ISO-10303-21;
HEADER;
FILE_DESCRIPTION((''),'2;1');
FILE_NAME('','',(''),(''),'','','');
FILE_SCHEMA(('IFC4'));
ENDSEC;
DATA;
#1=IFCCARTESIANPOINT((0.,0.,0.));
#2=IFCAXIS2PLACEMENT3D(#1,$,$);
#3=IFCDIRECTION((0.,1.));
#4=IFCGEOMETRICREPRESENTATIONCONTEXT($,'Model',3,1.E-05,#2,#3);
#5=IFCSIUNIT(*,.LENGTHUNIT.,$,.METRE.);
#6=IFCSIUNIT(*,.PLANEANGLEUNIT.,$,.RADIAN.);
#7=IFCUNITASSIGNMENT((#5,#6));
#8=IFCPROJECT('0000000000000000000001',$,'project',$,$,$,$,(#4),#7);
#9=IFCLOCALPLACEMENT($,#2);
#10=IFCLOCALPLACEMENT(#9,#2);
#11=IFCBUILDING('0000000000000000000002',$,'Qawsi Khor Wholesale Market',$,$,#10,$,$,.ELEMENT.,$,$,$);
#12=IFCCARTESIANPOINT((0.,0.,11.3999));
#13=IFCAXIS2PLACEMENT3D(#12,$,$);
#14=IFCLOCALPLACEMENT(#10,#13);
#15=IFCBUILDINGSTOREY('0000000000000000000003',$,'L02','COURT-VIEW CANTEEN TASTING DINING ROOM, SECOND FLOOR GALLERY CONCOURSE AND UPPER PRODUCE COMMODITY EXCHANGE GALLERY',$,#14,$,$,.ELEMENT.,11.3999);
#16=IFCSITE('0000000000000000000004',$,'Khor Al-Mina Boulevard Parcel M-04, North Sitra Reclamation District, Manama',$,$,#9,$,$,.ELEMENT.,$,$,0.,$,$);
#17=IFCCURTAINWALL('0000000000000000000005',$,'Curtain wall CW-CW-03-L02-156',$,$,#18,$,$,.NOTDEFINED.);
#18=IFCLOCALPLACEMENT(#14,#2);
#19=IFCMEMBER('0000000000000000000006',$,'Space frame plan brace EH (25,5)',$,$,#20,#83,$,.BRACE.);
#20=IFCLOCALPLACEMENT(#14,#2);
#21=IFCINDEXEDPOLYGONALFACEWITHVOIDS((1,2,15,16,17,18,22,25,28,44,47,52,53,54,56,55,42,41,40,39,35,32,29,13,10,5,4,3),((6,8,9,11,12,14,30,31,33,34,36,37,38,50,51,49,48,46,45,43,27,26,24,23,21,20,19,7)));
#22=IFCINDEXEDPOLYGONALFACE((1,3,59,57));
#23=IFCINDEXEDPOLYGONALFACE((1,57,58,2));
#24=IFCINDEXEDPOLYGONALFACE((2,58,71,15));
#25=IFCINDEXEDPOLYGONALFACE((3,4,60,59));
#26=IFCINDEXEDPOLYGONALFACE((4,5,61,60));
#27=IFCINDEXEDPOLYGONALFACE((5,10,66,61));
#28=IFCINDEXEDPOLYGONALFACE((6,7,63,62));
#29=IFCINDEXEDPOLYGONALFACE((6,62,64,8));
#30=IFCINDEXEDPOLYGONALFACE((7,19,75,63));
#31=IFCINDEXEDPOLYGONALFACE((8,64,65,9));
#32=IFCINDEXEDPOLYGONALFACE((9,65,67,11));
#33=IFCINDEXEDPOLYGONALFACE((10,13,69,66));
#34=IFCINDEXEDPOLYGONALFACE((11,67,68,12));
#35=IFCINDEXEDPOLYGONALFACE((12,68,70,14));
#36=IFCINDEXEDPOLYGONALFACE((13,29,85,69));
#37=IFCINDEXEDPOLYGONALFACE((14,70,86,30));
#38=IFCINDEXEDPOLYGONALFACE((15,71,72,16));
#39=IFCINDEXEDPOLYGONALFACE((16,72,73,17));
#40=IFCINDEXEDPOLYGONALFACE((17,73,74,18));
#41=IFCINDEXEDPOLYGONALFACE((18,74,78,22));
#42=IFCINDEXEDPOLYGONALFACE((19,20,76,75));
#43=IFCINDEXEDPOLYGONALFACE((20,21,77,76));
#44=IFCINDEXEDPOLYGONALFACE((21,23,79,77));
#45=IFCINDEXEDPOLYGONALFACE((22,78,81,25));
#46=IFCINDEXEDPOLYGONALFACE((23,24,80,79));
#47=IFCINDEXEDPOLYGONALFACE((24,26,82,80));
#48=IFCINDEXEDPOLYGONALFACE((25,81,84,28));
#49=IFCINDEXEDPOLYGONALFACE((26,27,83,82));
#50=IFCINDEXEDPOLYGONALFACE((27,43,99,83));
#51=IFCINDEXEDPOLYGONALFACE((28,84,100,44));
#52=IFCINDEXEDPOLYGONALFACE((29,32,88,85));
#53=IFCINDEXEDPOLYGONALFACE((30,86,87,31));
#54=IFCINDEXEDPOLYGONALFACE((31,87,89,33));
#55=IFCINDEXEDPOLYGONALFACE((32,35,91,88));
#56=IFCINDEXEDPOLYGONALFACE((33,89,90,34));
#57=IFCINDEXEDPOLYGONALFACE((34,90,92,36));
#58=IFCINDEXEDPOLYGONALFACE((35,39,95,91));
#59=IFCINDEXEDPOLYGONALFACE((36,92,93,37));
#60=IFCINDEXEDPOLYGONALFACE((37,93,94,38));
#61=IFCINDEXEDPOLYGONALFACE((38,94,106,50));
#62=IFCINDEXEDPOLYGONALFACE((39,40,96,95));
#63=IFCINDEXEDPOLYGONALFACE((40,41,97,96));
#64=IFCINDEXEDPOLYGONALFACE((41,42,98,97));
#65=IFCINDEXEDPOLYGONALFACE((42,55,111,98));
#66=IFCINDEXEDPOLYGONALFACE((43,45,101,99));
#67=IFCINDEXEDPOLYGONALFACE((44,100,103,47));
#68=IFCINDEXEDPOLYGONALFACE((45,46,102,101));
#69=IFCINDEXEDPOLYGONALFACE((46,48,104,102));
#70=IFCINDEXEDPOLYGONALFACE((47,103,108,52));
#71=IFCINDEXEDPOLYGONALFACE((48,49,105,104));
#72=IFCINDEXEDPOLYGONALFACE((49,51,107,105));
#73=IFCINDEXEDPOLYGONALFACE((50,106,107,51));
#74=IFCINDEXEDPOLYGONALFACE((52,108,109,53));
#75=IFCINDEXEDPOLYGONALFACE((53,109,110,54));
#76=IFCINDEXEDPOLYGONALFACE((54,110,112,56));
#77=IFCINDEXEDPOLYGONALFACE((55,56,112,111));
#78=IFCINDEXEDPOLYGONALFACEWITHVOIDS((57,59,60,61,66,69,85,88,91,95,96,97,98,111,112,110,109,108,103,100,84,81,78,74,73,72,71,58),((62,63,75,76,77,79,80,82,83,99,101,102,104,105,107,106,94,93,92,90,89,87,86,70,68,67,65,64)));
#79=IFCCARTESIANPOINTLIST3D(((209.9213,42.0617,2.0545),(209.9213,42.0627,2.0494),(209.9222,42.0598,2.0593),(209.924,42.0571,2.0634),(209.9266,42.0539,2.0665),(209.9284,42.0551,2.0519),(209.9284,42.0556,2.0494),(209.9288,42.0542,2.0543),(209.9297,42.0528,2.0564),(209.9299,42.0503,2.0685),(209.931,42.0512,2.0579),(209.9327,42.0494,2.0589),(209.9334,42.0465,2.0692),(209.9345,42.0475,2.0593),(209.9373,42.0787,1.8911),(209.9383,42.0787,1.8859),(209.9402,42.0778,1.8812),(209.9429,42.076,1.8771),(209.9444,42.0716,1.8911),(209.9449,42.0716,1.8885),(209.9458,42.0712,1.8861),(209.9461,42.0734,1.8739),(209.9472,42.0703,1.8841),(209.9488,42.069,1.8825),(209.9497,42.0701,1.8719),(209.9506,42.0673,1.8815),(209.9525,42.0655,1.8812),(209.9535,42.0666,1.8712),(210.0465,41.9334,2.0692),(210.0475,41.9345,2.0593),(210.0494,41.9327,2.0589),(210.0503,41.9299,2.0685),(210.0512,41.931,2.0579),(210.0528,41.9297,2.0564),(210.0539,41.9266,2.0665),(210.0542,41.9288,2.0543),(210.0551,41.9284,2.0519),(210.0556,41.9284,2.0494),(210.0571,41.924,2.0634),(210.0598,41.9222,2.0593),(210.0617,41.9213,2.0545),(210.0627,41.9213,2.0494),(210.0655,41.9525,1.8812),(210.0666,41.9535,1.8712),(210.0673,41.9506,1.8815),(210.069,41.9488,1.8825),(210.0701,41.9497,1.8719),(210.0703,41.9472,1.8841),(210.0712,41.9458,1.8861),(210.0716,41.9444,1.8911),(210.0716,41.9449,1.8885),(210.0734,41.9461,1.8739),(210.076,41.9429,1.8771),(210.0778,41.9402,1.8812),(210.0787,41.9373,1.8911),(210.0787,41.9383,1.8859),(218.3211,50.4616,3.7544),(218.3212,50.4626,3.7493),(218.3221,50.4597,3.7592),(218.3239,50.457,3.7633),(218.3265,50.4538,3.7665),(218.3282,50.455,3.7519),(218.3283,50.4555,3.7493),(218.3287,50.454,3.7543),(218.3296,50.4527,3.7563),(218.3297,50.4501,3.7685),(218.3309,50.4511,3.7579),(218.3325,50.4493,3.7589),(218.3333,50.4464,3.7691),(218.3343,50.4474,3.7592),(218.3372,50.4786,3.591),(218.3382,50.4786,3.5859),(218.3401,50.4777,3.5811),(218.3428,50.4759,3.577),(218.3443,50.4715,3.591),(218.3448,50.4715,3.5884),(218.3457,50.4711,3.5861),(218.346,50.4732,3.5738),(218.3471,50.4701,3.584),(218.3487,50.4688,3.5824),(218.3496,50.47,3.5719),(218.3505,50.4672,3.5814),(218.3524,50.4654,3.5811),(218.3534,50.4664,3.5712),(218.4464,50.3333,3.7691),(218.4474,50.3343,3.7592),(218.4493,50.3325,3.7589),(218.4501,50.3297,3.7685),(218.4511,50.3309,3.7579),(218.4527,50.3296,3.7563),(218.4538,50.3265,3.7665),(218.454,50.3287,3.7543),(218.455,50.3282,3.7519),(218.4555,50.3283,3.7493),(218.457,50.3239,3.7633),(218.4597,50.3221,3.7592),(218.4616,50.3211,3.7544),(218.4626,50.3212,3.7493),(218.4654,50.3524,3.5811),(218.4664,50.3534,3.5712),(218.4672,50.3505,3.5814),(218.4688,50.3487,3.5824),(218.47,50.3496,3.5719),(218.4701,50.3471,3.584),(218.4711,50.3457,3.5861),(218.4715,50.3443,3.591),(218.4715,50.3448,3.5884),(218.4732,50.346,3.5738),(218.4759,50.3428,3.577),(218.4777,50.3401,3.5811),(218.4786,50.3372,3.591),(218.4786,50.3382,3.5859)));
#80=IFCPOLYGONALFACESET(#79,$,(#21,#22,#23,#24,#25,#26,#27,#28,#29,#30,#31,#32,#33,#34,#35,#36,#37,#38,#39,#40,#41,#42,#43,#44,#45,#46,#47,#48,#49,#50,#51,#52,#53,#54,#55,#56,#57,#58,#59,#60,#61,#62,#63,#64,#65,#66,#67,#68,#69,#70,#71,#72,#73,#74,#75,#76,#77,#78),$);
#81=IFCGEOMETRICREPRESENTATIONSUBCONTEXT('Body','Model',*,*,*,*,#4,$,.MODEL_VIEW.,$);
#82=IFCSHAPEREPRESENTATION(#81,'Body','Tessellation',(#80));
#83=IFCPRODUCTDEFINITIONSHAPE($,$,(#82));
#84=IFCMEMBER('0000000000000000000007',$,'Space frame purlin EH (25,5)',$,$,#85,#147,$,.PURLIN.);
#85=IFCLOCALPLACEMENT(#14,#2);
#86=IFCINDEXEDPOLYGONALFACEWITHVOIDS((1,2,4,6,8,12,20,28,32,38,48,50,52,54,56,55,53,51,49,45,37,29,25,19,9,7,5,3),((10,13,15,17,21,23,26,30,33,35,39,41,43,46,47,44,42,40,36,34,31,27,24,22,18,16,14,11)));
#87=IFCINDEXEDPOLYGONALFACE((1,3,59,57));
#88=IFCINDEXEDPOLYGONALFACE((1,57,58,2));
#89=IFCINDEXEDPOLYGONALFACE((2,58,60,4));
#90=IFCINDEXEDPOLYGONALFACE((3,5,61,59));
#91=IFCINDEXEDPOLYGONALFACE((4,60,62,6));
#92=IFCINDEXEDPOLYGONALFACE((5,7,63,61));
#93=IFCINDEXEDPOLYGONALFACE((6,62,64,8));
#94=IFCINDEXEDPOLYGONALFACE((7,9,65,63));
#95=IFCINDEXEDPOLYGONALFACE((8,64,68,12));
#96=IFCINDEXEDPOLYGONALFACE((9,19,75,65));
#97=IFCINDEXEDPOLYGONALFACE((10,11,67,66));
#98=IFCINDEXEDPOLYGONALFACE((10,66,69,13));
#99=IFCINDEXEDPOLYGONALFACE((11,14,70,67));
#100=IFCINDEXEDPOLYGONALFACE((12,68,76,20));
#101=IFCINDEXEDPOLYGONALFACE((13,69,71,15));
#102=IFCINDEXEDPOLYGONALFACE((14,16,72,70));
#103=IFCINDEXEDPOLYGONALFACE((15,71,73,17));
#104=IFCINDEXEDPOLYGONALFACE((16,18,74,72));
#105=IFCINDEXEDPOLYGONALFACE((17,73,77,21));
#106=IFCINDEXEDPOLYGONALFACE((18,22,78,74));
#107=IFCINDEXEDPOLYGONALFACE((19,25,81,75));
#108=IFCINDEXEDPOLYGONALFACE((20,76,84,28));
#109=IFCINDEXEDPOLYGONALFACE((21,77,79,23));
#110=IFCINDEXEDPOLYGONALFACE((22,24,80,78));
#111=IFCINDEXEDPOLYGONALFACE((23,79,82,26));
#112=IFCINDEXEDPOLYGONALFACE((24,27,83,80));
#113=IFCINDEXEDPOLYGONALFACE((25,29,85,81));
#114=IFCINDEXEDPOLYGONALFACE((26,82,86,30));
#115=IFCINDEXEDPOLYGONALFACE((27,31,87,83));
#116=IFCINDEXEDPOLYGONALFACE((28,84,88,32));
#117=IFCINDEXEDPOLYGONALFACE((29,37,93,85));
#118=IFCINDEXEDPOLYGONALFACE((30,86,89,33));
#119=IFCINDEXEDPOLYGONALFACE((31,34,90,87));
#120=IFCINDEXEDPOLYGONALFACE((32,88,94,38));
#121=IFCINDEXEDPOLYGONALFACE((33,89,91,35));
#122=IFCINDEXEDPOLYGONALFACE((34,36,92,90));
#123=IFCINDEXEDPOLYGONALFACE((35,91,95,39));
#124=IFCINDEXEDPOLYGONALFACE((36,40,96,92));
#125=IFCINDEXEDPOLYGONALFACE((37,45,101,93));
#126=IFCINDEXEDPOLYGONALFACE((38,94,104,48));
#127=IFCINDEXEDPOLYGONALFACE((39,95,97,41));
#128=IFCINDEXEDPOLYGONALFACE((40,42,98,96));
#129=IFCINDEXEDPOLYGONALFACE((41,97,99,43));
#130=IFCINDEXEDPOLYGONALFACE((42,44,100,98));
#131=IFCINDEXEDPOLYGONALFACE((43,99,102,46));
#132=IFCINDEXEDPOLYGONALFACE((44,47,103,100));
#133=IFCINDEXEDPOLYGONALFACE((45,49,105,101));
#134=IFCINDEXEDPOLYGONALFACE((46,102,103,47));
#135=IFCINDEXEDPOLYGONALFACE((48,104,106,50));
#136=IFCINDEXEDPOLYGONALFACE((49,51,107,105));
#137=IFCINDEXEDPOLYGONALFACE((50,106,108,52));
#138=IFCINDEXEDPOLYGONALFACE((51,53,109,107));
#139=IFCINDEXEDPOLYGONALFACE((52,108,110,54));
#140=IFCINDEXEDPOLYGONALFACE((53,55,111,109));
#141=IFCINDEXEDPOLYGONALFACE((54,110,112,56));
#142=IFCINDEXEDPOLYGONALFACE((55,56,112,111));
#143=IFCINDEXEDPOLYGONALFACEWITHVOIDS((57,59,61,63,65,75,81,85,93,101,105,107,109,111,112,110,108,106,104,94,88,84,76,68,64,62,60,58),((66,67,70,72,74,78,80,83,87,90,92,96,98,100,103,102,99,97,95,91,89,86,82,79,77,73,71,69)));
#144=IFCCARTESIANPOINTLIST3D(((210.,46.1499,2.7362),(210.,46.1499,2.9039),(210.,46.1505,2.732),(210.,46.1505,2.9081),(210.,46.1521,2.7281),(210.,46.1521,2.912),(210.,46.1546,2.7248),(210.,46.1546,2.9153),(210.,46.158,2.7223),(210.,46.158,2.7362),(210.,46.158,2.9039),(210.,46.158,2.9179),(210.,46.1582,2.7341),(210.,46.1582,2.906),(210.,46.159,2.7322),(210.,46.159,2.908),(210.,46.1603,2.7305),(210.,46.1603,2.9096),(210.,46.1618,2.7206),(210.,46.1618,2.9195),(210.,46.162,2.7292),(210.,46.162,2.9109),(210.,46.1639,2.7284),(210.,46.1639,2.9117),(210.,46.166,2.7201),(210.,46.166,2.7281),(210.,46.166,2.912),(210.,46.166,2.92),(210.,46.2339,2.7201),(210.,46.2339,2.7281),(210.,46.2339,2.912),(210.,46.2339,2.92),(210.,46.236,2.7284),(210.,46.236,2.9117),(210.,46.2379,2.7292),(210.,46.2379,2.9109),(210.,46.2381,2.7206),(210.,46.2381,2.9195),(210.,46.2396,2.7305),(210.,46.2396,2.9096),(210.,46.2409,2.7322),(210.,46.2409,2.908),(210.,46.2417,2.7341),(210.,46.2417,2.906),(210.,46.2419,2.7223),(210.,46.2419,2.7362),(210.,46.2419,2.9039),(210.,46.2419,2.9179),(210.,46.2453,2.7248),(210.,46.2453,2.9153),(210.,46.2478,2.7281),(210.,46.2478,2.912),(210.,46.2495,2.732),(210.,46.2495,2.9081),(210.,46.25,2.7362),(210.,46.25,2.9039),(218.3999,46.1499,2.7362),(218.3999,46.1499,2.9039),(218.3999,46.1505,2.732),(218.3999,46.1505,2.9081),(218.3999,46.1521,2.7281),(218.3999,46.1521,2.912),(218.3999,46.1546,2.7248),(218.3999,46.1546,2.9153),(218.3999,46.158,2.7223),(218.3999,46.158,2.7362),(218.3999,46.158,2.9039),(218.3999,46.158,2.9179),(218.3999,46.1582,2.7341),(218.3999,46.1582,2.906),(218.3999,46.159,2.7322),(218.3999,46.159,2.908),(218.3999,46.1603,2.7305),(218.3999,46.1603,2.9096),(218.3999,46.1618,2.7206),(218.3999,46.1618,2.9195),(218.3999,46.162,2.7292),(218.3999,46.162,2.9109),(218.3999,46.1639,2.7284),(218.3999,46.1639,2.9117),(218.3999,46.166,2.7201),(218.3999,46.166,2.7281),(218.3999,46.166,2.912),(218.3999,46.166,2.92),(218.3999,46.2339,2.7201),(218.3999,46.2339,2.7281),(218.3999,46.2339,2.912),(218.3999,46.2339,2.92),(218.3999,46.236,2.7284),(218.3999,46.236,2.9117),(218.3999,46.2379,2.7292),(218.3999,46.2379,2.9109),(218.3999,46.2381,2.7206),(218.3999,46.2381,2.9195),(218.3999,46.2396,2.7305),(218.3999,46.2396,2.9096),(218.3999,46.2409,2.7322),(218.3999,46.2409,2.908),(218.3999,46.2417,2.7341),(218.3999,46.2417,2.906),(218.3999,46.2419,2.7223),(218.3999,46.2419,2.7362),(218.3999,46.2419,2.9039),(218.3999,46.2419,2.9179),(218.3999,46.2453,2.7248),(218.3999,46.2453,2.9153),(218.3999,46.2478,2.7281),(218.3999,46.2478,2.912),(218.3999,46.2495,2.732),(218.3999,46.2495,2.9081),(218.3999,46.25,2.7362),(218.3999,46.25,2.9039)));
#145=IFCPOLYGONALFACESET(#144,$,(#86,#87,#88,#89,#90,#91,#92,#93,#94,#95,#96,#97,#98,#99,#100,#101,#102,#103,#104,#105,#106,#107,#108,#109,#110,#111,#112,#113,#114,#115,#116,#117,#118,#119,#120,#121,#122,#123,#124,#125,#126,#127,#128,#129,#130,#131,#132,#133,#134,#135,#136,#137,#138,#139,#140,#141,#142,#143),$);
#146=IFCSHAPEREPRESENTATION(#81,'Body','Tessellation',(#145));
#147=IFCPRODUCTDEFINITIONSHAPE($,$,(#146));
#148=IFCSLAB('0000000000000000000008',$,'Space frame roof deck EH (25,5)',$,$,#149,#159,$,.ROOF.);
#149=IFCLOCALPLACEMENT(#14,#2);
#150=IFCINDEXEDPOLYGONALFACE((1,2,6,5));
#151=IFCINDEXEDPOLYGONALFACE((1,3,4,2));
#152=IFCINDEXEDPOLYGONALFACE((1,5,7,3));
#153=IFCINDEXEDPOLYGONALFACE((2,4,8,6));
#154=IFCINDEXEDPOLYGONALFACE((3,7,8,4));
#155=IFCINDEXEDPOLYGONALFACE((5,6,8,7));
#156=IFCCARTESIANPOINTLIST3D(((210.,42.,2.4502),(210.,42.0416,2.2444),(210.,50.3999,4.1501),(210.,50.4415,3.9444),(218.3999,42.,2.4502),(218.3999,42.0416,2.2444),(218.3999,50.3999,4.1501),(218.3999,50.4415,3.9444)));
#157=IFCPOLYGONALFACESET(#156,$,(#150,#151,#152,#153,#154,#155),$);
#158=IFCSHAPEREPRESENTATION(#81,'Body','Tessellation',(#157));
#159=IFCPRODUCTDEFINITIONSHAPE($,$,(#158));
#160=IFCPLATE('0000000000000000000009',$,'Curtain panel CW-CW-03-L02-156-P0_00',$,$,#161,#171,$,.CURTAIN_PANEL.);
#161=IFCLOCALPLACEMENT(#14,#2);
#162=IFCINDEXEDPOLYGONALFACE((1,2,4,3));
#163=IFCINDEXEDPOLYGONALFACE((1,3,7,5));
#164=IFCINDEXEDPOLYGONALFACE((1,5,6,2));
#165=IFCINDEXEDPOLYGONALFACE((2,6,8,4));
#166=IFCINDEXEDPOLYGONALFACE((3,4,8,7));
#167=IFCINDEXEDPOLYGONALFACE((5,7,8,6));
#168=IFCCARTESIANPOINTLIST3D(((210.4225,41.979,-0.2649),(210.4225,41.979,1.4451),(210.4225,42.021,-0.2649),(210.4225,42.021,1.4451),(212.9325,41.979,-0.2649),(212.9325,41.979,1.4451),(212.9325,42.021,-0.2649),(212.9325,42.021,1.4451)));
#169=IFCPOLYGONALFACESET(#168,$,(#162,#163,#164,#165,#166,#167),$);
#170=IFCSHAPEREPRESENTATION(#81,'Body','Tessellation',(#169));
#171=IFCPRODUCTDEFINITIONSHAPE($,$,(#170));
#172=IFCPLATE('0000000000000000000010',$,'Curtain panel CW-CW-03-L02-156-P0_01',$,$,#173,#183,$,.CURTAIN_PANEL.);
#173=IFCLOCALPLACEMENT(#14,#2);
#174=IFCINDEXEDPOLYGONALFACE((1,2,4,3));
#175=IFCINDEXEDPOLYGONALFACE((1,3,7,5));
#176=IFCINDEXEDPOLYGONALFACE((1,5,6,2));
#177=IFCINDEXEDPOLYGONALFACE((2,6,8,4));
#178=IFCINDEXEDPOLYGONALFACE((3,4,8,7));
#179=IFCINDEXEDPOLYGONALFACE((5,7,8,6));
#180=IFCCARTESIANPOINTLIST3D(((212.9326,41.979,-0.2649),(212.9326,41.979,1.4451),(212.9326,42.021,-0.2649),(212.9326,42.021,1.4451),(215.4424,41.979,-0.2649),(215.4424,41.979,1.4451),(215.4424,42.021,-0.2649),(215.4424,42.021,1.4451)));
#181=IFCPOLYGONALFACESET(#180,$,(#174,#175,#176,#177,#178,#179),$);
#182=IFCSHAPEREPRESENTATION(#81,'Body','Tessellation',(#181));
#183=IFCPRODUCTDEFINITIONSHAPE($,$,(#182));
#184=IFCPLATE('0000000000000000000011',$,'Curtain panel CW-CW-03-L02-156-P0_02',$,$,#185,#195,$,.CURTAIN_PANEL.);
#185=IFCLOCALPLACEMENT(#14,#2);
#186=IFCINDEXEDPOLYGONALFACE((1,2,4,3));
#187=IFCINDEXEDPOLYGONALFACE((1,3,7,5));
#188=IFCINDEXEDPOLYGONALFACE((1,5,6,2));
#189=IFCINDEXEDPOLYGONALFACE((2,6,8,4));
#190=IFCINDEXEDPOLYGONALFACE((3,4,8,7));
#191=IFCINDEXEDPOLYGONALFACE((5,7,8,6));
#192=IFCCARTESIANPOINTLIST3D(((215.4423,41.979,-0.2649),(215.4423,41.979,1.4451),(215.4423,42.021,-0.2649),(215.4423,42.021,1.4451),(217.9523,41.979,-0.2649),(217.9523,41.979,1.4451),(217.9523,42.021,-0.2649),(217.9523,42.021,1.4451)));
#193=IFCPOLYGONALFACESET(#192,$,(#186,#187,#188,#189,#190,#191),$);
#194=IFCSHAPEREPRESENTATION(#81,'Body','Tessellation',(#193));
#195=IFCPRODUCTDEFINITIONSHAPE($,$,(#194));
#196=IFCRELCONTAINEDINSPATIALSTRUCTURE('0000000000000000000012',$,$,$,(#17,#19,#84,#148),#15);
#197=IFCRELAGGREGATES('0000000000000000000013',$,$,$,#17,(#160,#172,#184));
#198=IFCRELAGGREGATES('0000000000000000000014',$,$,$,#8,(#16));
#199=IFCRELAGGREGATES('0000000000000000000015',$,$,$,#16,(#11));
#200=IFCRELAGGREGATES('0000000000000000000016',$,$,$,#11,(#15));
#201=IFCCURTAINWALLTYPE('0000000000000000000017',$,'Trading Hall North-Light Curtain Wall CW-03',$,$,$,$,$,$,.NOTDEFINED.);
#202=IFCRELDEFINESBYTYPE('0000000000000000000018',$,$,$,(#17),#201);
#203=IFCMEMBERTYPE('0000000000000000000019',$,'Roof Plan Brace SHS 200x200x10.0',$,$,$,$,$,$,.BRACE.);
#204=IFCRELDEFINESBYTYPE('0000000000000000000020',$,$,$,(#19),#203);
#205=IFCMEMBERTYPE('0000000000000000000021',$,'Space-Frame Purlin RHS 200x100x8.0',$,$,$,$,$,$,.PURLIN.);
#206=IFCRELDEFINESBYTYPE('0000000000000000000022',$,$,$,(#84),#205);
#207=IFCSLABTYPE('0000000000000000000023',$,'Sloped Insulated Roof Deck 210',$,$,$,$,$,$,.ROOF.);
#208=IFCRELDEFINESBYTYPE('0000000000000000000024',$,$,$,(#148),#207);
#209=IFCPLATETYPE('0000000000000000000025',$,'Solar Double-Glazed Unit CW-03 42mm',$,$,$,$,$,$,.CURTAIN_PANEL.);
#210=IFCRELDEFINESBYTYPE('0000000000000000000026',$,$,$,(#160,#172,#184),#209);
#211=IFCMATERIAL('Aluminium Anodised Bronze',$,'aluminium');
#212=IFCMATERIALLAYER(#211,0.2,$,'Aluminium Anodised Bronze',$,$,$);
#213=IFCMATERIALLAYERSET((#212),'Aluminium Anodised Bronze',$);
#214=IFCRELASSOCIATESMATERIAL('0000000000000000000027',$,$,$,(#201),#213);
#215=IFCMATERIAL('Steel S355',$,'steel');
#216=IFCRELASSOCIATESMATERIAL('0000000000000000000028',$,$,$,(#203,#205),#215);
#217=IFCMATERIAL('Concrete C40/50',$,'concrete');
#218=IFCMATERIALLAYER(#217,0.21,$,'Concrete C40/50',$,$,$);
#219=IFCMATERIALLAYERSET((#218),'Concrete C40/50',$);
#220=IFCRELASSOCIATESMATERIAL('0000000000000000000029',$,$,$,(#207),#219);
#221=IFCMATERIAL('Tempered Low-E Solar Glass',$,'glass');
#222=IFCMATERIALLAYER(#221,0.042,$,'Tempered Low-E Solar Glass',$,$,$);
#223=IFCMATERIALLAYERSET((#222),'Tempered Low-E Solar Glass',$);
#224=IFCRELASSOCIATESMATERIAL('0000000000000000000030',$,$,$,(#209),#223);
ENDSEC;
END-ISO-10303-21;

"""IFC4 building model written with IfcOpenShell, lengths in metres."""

from ifc_helpers import new_model, si_unit, direction, frame, frame_2d, origin, origin_2d, place, context, subcontext, project, spatial, polyline, rectangle, hollow_rectangle, outline, extrude, material, layer, layer_set, material_profile, profile_set, type_object, element, aggregate, save


model = new_model("IFC4")

# Units and contexts
model_context = context("Model", 3, precision=1e-05, world=origin(), true_north=direction((0.0, 1.0)))
body_context = subcontext(model_context, "Body", "Model", "MODEL_VIEW")
ifc_project = project(units=[si_unit("LENGTHUNIT", "METRE"), si_unit("PLANEANGLEUNIT", "RADIAN")], contexts=[model_context])

# Site, building, storey
site_placement = place(None, origin())
site = spatial("IfcSite", under=ifc_project, at=site_placement, Name="Khor Al-Mina Boulevard Parcel M-04, North Sitra Reclamation District, Manama", CompositionType="ELEMENT", RefElevation=0.0)
building_placement = place(site_placement, origin())
building = spatial("IfcBuilding", under=site, at=building_placement, Name="Qawsi Khor Wholesale Market", CompositionType="ELEMENT")
storey_placement = place(building_placement, frame((0.0, 0.0, 11.3999)))
storey = spatial("IfcBuildingStorey", under=building, at=storey_placement, Name="L02", Description="COURT-VIEW CANTEEN TASTING DINING ROOM, SECOND FLOOR GALLERY CONCOURSE AND UPPER PRODUCE COMMODITY EXCHANGE GALLERY", CompositionType="ELEMENT", Elevation=11.3999)

# Curtain wall
ifc_material_1 = material(Name="Aluminium Anodised Bronze", Category="aluminium")
ifc_layer_1 = layer(ifc_material_1, 0.2, Name="Aluminium Anodised Bronze")
ifc_layer_set_1 = layer_set([ifc_layer_1], Name="Aluminium Anodised Bronze")
curtain_wall_type = type_object("IfcCurtainWallType", Name="Trading Hall North-Light Curtain Wall CW-03", PredefinedType="NOTDEFINED", material=ifc_layer_set_1)
curtain_wall_placement = place(storey_placement, origin())
curtain_wall = element("IfcCurtainWall", 1, at=curtain_wall_placement, inside=storey, type_object=curtain_wall_type, Name="Curtain wall CW-CW-03-L02-156", PredefinedType="NOTDEFINED")

# Members
ifc_material_2 = material(Name="Steel S355", Category="steel")
ifc_material_profile_1 = material_profile(ifc_material_2, hollow_rectangle(XDim=0.2, YDim=0.2, WallThickness=0.01, InnerFilletRadius=0.01, OuterFilletRadius=0.02, at=origin_2d()), Name="SHS 200x200x10.0")
ifc_profile_set_1 = profile_set([ifc_material_profile_1], Name="Steel S355")
member_type_1 = type_object("IfcMemberType", Name="Roof Plan Brace SHS 200x200x10.0", PredefinedType="BRACE", material=ifc_profile_set_1)
member_1_placement = place(storey_placement, frame((210.0, 42.0, 1.9702), z_axis=(0.699976, 0.699976, 0.141659), x_axis=(-0.707107, 0.707107, 0.0)))
element("IfcMember", 2, at=member_1_placement, inside=storey, type_object=member_type_1, Name="Space frame plan brace EH (25,5)", PredefinedType="BRACE", context=body_context, shape_type="SweptSolid", body=[
    extrude(hollow_rectangle(XDim=0.2, YDim=0.2, WallThickness=0.01, InnerFilletRadius=0.01, OuterFilletRadius=0.02, at=origin_2d()), origin(), (0.0, 0.0, 1.0), 12.0002),
])
ifc_material_profile_2 = material_profile(ifc_material_2, hollow_rectangle(XDim=0.1001, YDim=0.2, WallThickness=0.0081, InnerFilletRadius=0.0081, OuterFilletRadius=0.0161, at=origin_2d()), Name="RHS 200x100x8.0")
ifc_profile_set_2 = profile_set([ifc_material_profile_2], Name="Steel S355")
member_type_2 = type_object("IfcMemberType", Name="Space-Frame Purlin RHS 200x100x8.0", PredefinedType="PURLIN", material=ifc_profile_set_2)
member_2_placement = place(storey_placement, frame((210.0, 46.2, 2.8201), z_axis=(1.0, 0.0, 0.0), x_axis=(0.0, 1.0, 0.0)))
element("IfcMember", 3, at=member_2_placement, inside=storey, type_object=member_type_2, Name="Space frame purlin EH (25,5)", PredefinedType="PURLIN", context=body_context, shape_type="SweptSolid", body=[
    extrude(hollow_rectangle(XDim=0.1001, YDim=0.2, WallThickness=0.0081, InnerFilletRadius=0.0081, OuterFilletRadius=0.0161, at=origin_2d()), origin(), (0.0, 0.0, 1.0), 8.3999),
])

# Slab
ifc_material_3 = material(Name="Concrete C40/50", Category="concrete")
ifc_layer_2 = layer(ifc_material_3, 0.21, Name="Concrete C40/50")
ifc_layer_set_2 = layer_set([ifc_layer_2], Name="Concrete C40/50")
slab_type = type_object("IfcSlabType", Name="Sloped Insulated Roof Deck 210", PredefinedType="ROOF", material=ifc_layer_set_2)
slab_placement = place(storey_placement, frame((210.0, 42.0, 2.4502), z_axis=(0.0, -0.198356, 0.98013), x_axis=(1.0, 0.0, 0.0)))
element("IfcSlab", 4, at=slab_placement, inside=storey, type_object=slab_type, Name="Space frame roof deck EH (25,5)", PredefinedType="ROOF", context=body_context, shape_type="SweptSolid", body=[
    extrude(outline(polyline([(0.0, 0.0), (8.3999, 0.0), (8.3999, 8.5702), (0.0, 8.5702), (0.0, 0.0)])), origin(), (0.0, 0.0, -1.0), 0.21),
])

# Plates
ifc_material_4 = material(Name="Tempered Low-E Solar Glass", Category="glass")
ifc_layer_3 = layer(ifc_material_4, 0.042, Name="Tempered Low-E Solar Glass")
ifc_layer_set_3 = layer_set([ifc_layer_3], Name="Tempered Low-E Solar Glass")
plate_type = type_object("IfcPlateType", Name="Solar Double-Glazed Unit CW-03 42mm", PredefinedType="CURTAIN_PANEL", material=ifc_layer_set_3)
plate_1_placement = place(storey_placement, frame((210.4226, 42.0, -0.2649), z_axis=(0.0, 0.0, 1.0), x_axis=(1.0, 0.0, 0.0)))
plate_1 = element("IfcPlate", 5, at=plate_1_placement, type_object=plate_type, Name="Curtain panel CW-CW-03-L02-156-P0_00", PredefinedType="CURTAIN_PANEL", context=body_context, shape_type="SweptSolid", body=[
    extrude(rectangle(XDim=2.51, YDim=0.042, at=frame_2d((1.2549, 0.0))), origin(), (0.0, 0.0, 1.0), 1.71),
])
plate_2_placement = place(storey_placement, frame((212.9326, 42.0, -0.2649), z_axis=(0.0, 0.0, 1.0), x_axis=(1.0, 0.0, 0.0)))
plate_2 = element("IfcPlate", 6, at=plate_2_placement, type_object=plate_type, Name="Curtain panel CW-CW-03-L02-156-P0_01", PredefinedType="CURTAIN_PANEL", context=body_context, shape_type="SweptSolid", body=[
    extrude(rectangle(XDim=2.5098, YDim=0.042, at=frame_2d((1.2549, 0.0))), origin(), (0.0, 0.0, 1.0), 1.71),
])
plate_3_placement = place(storey_placement, frame((215.4424, 42.0, -0.2649), z_axis=(0.0, 0.0, 1.0), x_axis=(1.0, 0.0, 0.0)))
plate_3 = element("IfcPlate", 7, at=plate_3_placement, type_object=plate_type, Name="Curtain panel CW-CW-03-L02-156-P0_02", PredefinedType="CURTAIN_PANEL", context=body_context, shape_type="SweptSolid", body=[
    extrude(rectangle(XDim=2.51, YDim=0.042, at=frame_2d((1.2549, 0.0))), origin(), (0.0, 0.0, 1.0), 1.71),
])
aggregate(curtain_wall, [plate_1, plate_2, plate_3])

save(model, "model.ifc")
